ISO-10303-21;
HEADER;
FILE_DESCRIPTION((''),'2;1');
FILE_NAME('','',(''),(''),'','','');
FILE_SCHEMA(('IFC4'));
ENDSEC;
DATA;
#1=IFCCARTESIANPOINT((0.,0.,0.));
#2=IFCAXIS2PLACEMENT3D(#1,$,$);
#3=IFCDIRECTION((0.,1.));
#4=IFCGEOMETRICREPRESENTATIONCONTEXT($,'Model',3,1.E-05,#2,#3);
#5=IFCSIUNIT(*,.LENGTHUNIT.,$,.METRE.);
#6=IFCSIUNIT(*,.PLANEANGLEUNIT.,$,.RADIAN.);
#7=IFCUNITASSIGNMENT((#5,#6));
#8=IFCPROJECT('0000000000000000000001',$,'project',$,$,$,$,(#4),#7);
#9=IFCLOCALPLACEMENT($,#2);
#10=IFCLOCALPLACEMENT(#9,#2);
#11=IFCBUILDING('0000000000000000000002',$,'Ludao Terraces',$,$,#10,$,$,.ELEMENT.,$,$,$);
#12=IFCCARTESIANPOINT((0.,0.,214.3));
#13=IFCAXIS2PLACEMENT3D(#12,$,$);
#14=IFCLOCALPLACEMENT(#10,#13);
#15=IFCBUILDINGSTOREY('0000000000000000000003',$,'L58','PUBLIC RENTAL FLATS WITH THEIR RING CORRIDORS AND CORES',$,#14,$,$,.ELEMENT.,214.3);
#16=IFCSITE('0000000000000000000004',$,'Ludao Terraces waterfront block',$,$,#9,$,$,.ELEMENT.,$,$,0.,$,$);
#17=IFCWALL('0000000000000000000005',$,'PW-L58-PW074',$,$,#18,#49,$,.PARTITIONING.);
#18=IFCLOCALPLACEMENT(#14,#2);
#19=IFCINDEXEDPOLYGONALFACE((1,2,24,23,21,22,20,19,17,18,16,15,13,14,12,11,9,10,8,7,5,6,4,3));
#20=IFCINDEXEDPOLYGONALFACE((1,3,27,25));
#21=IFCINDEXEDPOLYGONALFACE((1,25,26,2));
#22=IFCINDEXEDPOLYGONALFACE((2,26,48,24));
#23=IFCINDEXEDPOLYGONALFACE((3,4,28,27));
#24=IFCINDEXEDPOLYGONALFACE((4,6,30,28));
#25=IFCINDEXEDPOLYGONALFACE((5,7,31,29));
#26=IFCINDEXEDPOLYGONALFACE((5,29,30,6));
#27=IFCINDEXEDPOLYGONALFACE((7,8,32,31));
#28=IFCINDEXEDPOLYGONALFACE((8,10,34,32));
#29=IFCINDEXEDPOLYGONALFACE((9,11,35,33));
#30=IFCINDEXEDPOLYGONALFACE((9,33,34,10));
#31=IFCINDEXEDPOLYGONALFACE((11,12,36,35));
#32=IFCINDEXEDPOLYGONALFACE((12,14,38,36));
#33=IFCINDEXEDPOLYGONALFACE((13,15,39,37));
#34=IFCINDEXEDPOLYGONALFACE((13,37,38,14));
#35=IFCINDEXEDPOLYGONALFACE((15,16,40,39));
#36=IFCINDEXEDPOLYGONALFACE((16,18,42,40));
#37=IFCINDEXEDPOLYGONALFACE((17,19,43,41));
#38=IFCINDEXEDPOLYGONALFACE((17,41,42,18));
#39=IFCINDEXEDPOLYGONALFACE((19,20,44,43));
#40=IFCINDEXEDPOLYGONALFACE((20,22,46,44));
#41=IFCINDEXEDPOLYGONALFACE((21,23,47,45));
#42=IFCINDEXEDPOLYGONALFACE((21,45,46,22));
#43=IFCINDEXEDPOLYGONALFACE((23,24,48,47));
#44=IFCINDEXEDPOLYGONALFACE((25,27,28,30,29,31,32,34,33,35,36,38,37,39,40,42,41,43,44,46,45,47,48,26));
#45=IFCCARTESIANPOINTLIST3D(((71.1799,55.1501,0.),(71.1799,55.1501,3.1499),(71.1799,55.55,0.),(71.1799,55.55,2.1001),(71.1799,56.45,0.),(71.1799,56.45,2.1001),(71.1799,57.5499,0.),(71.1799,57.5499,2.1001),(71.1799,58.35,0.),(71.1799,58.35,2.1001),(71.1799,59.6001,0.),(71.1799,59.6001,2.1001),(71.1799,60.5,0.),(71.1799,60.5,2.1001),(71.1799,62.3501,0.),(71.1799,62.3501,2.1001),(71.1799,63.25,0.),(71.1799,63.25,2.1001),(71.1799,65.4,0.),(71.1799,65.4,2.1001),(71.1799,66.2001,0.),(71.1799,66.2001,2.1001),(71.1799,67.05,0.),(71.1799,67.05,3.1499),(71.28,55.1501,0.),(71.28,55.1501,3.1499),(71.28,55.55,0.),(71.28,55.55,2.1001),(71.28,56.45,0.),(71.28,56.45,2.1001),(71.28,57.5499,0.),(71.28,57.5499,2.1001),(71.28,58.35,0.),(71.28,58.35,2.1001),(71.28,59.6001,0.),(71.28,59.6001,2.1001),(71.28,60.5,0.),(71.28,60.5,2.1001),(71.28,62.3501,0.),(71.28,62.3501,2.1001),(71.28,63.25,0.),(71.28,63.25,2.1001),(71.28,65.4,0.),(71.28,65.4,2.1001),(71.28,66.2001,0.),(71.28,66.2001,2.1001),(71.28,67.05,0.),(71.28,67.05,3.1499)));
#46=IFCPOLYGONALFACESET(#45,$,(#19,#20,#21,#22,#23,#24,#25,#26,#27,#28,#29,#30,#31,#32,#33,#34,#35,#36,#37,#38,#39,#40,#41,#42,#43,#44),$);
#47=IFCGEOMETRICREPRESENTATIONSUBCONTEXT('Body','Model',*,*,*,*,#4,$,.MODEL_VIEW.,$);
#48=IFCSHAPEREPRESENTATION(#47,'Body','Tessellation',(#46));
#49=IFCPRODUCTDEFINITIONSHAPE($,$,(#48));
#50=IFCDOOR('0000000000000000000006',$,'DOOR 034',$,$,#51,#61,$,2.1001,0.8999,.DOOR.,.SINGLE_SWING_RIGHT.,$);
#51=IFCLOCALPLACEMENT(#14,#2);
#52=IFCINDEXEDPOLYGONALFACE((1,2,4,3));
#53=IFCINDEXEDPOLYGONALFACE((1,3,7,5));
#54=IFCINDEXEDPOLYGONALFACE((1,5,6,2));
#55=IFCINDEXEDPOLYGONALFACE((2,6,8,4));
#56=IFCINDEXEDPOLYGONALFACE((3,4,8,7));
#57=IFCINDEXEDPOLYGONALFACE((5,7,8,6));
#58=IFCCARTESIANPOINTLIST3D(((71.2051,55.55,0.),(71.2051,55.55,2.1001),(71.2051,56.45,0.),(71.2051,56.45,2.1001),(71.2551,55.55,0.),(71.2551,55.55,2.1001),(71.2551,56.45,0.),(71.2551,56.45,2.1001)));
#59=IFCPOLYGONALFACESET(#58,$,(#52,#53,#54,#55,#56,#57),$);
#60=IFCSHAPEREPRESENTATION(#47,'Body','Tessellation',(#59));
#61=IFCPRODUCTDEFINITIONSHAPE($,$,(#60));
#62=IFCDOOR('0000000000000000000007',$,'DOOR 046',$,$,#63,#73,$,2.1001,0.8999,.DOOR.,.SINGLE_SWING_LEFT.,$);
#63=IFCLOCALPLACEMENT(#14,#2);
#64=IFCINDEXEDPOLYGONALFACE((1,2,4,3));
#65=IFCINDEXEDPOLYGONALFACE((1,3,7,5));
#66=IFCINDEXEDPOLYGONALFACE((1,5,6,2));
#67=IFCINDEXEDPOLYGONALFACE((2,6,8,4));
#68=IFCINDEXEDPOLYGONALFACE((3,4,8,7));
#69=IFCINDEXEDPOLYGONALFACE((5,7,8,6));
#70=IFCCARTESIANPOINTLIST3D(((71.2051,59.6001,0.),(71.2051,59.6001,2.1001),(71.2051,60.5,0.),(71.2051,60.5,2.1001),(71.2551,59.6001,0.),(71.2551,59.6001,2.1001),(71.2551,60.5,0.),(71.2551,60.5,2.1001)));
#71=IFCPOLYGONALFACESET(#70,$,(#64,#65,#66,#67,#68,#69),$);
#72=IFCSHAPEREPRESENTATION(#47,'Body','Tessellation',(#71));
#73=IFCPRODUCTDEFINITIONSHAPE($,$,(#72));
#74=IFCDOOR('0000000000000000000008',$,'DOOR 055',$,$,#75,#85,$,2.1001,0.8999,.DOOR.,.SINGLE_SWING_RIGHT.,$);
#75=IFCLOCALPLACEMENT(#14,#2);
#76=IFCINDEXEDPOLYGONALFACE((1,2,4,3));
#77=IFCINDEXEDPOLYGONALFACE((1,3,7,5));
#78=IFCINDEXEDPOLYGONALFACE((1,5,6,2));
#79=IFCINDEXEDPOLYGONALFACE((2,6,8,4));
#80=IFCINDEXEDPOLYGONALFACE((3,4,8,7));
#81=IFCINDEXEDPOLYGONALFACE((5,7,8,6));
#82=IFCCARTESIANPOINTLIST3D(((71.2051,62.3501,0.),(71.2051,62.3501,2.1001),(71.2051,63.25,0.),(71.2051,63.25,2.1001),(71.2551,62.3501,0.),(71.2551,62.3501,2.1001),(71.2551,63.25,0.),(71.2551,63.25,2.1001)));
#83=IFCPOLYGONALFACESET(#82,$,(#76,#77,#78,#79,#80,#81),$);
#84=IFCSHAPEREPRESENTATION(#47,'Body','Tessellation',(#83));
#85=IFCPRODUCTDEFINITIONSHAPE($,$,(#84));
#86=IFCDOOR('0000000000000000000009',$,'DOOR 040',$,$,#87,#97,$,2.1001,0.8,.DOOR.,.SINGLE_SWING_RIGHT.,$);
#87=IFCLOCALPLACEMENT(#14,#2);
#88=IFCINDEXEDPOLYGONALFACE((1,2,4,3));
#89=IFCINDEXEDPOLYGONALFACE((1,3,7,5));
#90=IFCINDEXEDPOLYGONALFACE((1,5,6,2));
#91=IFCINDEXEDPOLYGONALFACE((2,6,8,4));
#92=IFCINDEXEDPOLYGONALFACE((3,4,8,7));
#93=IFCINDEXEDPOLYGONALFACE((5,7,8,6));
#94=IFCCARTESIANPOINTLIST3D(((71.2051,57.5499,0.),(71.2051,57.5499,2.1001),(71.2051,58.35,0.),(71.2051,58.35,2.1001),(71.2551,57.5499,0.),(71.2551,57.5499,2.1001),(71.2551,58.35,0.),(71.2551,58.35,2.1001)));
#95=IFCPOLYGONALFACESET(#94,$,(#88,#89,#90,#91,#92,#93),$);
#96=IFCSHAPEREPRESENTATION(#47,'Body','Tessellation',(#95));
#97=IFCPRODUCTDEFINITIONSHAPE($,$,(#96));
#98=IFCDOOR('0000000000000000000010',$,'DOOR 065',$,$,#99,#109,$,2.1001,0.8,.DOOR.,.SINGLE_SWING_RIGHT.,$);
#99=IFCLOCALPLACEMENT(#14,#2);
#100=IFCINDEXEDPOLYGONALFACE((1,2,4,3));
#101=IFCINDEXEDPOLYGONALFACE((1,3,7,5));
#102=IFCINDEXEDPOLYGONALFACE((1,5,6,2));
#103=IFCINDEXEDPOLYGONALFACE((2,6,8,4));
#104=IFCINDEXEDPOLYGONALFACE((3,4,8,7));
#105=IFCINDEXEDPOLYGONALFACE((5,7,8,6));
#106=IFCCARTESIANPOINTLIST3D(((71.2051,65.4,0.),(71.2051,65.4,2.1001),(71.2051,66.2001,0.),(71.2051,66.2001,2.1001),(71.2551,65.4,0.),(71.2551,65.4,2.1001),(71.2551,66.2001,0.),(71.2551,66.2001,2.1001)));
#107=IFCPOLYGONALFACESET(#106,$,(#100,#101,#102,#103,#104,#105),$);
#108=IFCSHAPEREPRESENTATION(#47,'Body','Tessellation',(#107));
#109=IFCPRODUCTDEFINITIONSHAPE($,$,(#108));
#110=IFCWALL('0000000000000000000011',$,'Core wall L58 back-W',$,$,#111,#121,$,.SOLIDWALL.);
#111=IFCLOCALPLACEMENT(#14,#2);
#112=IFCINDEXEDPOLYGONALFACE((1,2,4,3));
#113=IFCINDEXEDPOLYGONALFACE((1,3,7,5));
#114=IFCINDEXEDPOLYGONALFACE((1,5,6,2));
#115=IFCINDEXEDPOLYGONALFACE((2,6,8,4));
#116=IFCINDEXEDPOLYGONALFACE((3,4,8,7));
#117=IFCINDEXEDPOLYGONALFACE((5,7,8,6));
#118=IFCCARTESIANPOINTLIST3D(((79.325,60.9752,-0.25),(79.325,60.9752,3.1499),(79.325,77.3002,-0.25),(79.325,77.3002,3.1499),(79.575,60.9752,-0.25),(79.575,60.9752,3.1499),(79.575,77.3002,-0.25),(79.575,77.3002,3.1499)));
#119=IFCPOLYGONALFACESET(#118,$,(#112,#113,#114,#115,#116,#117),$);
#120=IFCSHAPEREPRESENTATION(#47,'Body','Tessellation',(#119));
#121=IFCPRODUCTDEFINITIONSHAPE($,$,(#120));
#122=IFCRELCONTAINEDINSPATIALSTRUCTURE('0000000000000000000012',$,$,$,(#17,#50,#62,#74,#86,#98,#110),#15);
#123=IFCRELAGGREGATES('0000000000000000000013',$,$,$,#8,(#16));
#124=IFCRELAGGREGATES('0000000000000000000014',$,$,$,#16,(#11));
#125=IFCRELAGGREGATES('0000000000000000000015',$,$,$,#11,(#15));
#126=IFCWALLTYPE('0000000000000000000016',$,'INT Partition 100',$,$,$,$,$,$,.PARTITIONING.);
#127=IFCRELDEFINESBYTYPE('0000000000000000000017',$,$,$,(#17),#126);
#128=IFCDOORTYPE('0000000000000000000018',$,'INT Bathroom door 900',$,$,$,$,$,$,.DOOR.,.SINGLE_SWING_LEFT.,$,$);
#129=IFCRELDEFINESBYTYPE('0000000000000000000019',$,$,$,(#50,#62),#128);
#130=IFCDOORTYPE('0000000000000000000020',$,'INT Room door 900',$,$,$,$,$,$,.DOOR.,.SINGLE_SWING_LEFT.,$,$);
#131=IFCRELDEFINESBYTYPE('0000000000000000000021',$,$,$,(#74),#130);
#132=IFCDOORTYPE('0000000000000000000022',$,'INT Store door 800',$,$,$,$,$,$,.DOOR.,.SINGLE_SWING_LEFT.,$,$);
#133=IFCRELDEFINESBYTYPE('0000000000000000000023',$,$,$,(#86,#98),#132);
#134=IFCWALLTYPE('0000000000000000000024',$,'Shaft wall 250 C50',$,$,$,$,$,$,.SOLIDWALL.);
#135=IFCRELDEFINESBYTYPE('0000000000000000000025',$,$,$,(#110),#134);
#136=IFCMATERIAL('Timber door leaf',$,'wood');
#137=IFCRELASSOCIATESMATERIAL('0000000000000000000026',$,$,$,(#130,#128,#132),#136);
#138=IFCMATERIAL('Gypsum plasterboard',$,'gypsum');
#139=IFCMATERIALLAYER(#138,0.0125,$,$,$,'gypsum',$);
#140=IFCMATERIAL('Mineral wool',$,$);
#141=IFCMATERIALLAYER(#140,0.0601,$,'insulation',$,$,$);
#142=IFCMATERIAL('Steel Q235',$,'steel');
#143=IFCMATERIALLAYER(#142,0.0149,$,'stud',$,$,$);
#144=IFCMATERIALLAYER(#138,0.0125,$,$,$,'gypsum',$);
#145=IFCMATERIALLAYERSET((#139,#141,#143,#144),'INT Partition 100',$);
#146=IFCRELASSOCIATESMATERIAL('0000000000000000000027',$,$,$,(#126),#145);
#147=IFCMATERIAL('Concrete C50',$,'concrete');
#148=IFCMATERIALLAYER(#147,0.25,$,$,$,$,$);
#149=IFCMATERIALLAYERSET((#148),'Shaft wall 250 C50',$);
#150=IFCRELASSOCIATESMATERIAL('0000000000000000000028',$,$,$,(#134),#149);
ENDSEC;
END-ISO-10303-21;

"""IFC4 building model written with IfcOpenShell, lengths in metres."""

from ifc_helpers import new_model, si_unit, direction, frame, frame_2d, origin, place, context, subcontext, project, spatial, rectangle, extrude, material, layer, layer_set, type_object, element, fill, save


model = new_model("IFC4")

# Units and contexts
model_context = context("Model", 3, precision=1e-05, world=origin(), true_north=direction((0.0, 1.0)))
body_context = subcontext(model_context, "Body", "Model", "MODEL_VIEW")
ifc_project = project(units=[si_unit("LENGTHUNIT", "METRE"), si_unit("PLANEANGLEUNIT", "RADIAN")], contexts=[model_context])

# Site, building, storey
site_placement = place(None, origin())
site = spatial("IfcSite", under=ifc_project, at=site_placement, Name="Ludao Terraces waterfront block", CompositionType="ELEMENT", RefElevation=0.0)
building_placement = place(site_placement, origin())
building = spatial("IfcBuilding", under=site, at=building_placement, Name="Ludao Terraces", CompositionType="ELEMENT")
storey_placement = place(building_placement, frame((0.0, 0.0, 214.3)))
storey = spatial("IfcBuildingStorey", under=building, at=storey_placement, Name="L58", Description="PUBLIC RENTAL FLATS WITH THEIR RING CORRIDORS AND CORES", CompositionType="ELEMENT", Elevation=214.3)

# Shared definitions
ifc_material_1 = material(Name="Concrete C50", Category="concrete")
ifc_material_2 = material(Name="Steel Q235", Category="steel")
ifc_material_3 = material(Name="Mineral wool")
ifc_material_4 = material(Name="Timber door leaf", Category="wood")
door_type_1 = type_object("IfcDoorType", Name="INT Room door 900", OperationType="SINGLE_SWING_LEFT", PredefinedType="DOOR", material=ifc_material_4)

# Shared definitions
ifc_material_5 = material(Name="Gypsum plasterboard", Category="gypsum")
ifc_layer_1 = layer(ifc_material_5, 0.0125, Category="gypsum")
ifc_layer_2 = layer(ifc_material_3, 0.0601, Name="insulation")
ifc_layer_3 = layer(ifc_material_2, 0.0149, Name="stud")
ifc_layer_4 = layer(ifc_material_5, 0.0125, Category="gypsum")
ifc_layer_set_1 = layer_set([ifc_layer_1, ifc_layer_2, ifc_layer_3, ifc_layer_4], Name="INT Partition 100")
wall_type_1 = type_object("IfcWallType", Name="INT Partition 100", PredefinedType="PARTITIONING", material=ifc_layer_set_1)

# Wall, openings, doors
wall_1_placement = place(storey_placement, frame((71.23, 55.1501, 0.0), z_axis=(0.0, 0.0, 1.0), x_axis=(0.0, 1.0, 0.0)))
wall_1 = element("IfcWall", 1, at=wall_1_placement, inside=storey, type_object=wall_type_1, Name="PW-L58-PW074", PredefinedType="PARTITIONING", context=body_context, shape_type="SweptSolid", body=[
    extrude(rectangle(XDim=11.8999, YDim=0.1001, at=frame_2d((5.95, 0.0))), origin(), (0.0, 0.0, 1.0), 3.1499),
])
opening_1_placement = place(wall_1_placement, frame((0.3999, 0.0, 0.0)))
opening_1 = element("IfcOpeningElement", 2, at=opening_1_placement, cuts=wall_1, PredefinedType="OPENING", context=body_context, shape_type="SweptSolid", body=[
    extrude(rectangle(XDim=0.8999, YDim=2.1001, at=frame_2d((0.45, 1.05))), frame((0.0, 0.0601, 0.0), z_axis=(0.0, -1.0, 0.0), x_axis=(1.0, 0.0, 0.0)), (0.0, 0.0, 1.0), 0.1201),
])
opening_2_placement = place(wall_1_placement, frame((2.3999, 0.0, 0.0)))
opening_2 = element("IfcOpeningElement", 3, at=opening_2_placement, cuts=wall_1, PredefinedType="OPENING", context=body_context, shape_type="SweptSolid", body=[
    extrude(rectangle(XDim=0.8, YDim=2.1001, at=frame_2d((0.3999, 1.05))), frame((0.0, 0.0601, 0.0), z_axis=(0.0, -1.0, 0.0), x_axis=(1.0, 0.0, 0.0)), (0.0, 0.0, 1.0), 0.1201),
])
opening_3_placement = place(wall_1_placement, frame((4.45, 0.0, 0.0)))
opening_3 = element("IfcOpeningElement", 4, at=opening_3_placement, cuts=wall_1, PredefinedType="OPENING", context=body_context, shape_type="SweptSolid", body=[
    extrude(rectangle(XDim=0.8999, YDim=2.1001, at=frame_2d((0.45, 1.05))), frame((0.0, 0.0601, 0.0), z_axis=(0.0, -1.0, 0.0), x_axis=(1.0, 0.0, 0.0)), (0.0, 0.0, 1.0), 0.1201),
])
opening_4_placement = place(wall_1_placement, frame((7.2, 0.0, 0.0)))
opening_4 = element("IfcOpeningElement", 5, at=opening_4_placement, cuts=wall_1, PredefinedType="OPENING", context=body_context, shape_type="SweptSolid", body=[
    extrude(rectangle(XDim=0.8999, YDim=2.1001, at=frame_2d((0.45, 1.05))), frame((0.0, 0.0601, 0.0), z_axis=(0.0, -1.0, 0.0), x_axis=(1.0, 0.0, 0.0)), (0.0, 0.0, 1.0), 0.1201),
])
opening_5_placement = place(wall_1_placement, frame((10.25, 0.0, 0.0)))
opening_5 = element("IfcOpeningElement", 6, at=opening_5_placement, cuts=wall_1, PredefinedType="OPENING", context=body_context, shape_type="SweptSolid", body=[
    extrude(rectangle(XDim=0.8, YDim=2.1001, at=frame_2d((0.3999, 1.05))), frame((0.0, 0.0601, 0.0), z_axis=(0.0, -1.0, 0.0), x_axis=(1.0, 0.0, 0.0)), (0.0, 0.0, 1.0), 0.1201),
])
door_type_2 = type_object("IfcDoorType", Name="INT Bathroom door 900", OperationType="SINGLE_SWING_LEFT", PredefinedType="DOOR", material=ifc_material_4)
door_1_placement = place(opening_1_placement, origin())
door_1 = element("IfcDoor", 7, at=door_1_placement, inside=storey, type_object=door_type_2, Name="DOOR 034", OperationType="SINGLE_SWING_RIGHT", OverallHeight=2.1001, OverallWidth=0.8999, PredefinedType="DOOR", context=body_context, shape_type="SweptSolid", body=[
    extrude(rectangle(XDim=0.8999, YDim=2.1001, at=frame_2d((0.45, 1.05))), frame((0.0, 0.0249, 0.0), z_axis=(0.0, -1.0, 0.0), x_axis=(1.0, 0.0, 0.0)), (0.0, 0.0, 1.0), 0.05),
])
fill(opening_1, door_1)
door_2_placement = place(opening_3_placement, origin())
door_2 = element("IfcDoor", 8, at=door_2_placement, inside=storey, type_object=door_type_2, Name="DOOR 046", OperationType="SINGLE_SWING_LEFT", OverallHeight=2.1001, OverallWidth=0.8999, PredefinedType="DOOR", context=body_context, shape_type="SweptSolid", body=[
    extrude(rectangle(XDim=0.8999, YDim=2.1001, at=frame_2d((0.45, 1.05))), frame((0.0, 0.0249, 0.0), z_axis=(0.0, -1.0, 0.0), x_axis=(1.0, 0.0, 0.0)), (0.0, 0.0, 1.0), 0.05),
])
fill(opening_3, door_2)
door_3_placement = place(opening_4_placement, origin())
door_3 = element("IfcDoor", 9, at=door_3_placement, inside=storey, type_object=door_type_1, Name="DOOR 055", OperationType="SINGLE_SWING_RIGHT", OverallHeight=2.1001, OverallWidth=0.8999, PredefinedType="DOOR", context=body_context, shape_type="SweptSolid", body=[
    extrude(rectangle(XDim=0.8999, YDim=2.1001, at=frame_2d((0.45, 1.05))), frame((0.0, 0.0249, 0.0), z_axis=(0.0, -1.0, 0.0), x_axis=(1.0, 0.0, 0.0)), (0.0, 0.0, 1.0), 0.05),
])
fill(opening_4, door_3)
door_type_3 = type_object("IfcDoorType", Name="INT Store door 800", OperationType="SINGLE_SWING_LEFT", PredefinedType="DOOR", material=ifc_material_4)
door_4_placement = place(opening_2_placement, origin())
door_4 = element("IfcDoor", 10, at=door_4_placement, inside=storey, type_object=door_type_3, Name="DOOR 040", OperationType="SINGLE_SWING_RIGHT", OverallHeight=2.1001, OverallWidth=0.8, PredefinedType="DOOR", context=body_context, shape_type="SweptSolid", body=[
    extrude(rectangle(XDim=0.8, YDim=2.1001, at=frame_2d((0.3999, 1.05))), frame((0.0, 0.0249, 0.0), z_axis=(0.0, -1.0, 0.0), x_axis=(1.0, 0.0, 0.0)), (0.0, 0.0, 1.0), 0.05),
])
fill(opening_2, door_4)
door_5_placement = place(opening_5_placement, origin())
door_5 = element("IfcDoor", 11, at=door_5_placement, inside=storey, type_object=door_type_3, Name="DOOR 065", OperationType="SINGLE_SWING_RIGHT", OverallHeight=2.1001, OverallWidth=0.8, PredefinedType="DOOR", context=body_context, shape_type="SweptSolid", body=[
    extrude(rectangle(XDim=0.8, YDim=2.1001, at=frame_2d((0.3999, 1.05))), frame((0.0, 0.0249, 0.0), z_axis=(0.0, -1.0, 0.0), x_axis=(1.0, 0.0, 0.0)), (0.0, 0.0, 1.0), 0.05),
])
fill(opening_5, door_5)

# Wall
ifc_layer_5 = layer(ifc_material_1, 0.25)
ifc_layer_set_2 = layer_set([ifc_layer_5], Name="Shaft wall 250 C50")
wall_type_2 = type_object("IfcWallType", Name="Shaft wall 250 C50", PredefinedType="SOLIDWALL", material=ifc_layer_set_2)
wall_2_placement = place(storey_placement, frame((79.45, 60.9751, -0.25), z_axis=(0.0, 0.0, 1.0), x_axis=(0.0, 1.0, 0.0)))
element("IfcWall", 12, at=wall_2_placement, inside=storey, type_object=wall_type_2, Name="Core wall L58 back-W", PredefinedType="SOLIDWALL", context=body_context, shape_type="SweptSolid", body=[
    extrude(rectangle(XDim=16.325, YDim=0.25, at=frame_2d((8.1626, 0.0))), origin(), (0.0, 0.0, 1.0), 3.3999),
])

save(model, "model.ifc")
